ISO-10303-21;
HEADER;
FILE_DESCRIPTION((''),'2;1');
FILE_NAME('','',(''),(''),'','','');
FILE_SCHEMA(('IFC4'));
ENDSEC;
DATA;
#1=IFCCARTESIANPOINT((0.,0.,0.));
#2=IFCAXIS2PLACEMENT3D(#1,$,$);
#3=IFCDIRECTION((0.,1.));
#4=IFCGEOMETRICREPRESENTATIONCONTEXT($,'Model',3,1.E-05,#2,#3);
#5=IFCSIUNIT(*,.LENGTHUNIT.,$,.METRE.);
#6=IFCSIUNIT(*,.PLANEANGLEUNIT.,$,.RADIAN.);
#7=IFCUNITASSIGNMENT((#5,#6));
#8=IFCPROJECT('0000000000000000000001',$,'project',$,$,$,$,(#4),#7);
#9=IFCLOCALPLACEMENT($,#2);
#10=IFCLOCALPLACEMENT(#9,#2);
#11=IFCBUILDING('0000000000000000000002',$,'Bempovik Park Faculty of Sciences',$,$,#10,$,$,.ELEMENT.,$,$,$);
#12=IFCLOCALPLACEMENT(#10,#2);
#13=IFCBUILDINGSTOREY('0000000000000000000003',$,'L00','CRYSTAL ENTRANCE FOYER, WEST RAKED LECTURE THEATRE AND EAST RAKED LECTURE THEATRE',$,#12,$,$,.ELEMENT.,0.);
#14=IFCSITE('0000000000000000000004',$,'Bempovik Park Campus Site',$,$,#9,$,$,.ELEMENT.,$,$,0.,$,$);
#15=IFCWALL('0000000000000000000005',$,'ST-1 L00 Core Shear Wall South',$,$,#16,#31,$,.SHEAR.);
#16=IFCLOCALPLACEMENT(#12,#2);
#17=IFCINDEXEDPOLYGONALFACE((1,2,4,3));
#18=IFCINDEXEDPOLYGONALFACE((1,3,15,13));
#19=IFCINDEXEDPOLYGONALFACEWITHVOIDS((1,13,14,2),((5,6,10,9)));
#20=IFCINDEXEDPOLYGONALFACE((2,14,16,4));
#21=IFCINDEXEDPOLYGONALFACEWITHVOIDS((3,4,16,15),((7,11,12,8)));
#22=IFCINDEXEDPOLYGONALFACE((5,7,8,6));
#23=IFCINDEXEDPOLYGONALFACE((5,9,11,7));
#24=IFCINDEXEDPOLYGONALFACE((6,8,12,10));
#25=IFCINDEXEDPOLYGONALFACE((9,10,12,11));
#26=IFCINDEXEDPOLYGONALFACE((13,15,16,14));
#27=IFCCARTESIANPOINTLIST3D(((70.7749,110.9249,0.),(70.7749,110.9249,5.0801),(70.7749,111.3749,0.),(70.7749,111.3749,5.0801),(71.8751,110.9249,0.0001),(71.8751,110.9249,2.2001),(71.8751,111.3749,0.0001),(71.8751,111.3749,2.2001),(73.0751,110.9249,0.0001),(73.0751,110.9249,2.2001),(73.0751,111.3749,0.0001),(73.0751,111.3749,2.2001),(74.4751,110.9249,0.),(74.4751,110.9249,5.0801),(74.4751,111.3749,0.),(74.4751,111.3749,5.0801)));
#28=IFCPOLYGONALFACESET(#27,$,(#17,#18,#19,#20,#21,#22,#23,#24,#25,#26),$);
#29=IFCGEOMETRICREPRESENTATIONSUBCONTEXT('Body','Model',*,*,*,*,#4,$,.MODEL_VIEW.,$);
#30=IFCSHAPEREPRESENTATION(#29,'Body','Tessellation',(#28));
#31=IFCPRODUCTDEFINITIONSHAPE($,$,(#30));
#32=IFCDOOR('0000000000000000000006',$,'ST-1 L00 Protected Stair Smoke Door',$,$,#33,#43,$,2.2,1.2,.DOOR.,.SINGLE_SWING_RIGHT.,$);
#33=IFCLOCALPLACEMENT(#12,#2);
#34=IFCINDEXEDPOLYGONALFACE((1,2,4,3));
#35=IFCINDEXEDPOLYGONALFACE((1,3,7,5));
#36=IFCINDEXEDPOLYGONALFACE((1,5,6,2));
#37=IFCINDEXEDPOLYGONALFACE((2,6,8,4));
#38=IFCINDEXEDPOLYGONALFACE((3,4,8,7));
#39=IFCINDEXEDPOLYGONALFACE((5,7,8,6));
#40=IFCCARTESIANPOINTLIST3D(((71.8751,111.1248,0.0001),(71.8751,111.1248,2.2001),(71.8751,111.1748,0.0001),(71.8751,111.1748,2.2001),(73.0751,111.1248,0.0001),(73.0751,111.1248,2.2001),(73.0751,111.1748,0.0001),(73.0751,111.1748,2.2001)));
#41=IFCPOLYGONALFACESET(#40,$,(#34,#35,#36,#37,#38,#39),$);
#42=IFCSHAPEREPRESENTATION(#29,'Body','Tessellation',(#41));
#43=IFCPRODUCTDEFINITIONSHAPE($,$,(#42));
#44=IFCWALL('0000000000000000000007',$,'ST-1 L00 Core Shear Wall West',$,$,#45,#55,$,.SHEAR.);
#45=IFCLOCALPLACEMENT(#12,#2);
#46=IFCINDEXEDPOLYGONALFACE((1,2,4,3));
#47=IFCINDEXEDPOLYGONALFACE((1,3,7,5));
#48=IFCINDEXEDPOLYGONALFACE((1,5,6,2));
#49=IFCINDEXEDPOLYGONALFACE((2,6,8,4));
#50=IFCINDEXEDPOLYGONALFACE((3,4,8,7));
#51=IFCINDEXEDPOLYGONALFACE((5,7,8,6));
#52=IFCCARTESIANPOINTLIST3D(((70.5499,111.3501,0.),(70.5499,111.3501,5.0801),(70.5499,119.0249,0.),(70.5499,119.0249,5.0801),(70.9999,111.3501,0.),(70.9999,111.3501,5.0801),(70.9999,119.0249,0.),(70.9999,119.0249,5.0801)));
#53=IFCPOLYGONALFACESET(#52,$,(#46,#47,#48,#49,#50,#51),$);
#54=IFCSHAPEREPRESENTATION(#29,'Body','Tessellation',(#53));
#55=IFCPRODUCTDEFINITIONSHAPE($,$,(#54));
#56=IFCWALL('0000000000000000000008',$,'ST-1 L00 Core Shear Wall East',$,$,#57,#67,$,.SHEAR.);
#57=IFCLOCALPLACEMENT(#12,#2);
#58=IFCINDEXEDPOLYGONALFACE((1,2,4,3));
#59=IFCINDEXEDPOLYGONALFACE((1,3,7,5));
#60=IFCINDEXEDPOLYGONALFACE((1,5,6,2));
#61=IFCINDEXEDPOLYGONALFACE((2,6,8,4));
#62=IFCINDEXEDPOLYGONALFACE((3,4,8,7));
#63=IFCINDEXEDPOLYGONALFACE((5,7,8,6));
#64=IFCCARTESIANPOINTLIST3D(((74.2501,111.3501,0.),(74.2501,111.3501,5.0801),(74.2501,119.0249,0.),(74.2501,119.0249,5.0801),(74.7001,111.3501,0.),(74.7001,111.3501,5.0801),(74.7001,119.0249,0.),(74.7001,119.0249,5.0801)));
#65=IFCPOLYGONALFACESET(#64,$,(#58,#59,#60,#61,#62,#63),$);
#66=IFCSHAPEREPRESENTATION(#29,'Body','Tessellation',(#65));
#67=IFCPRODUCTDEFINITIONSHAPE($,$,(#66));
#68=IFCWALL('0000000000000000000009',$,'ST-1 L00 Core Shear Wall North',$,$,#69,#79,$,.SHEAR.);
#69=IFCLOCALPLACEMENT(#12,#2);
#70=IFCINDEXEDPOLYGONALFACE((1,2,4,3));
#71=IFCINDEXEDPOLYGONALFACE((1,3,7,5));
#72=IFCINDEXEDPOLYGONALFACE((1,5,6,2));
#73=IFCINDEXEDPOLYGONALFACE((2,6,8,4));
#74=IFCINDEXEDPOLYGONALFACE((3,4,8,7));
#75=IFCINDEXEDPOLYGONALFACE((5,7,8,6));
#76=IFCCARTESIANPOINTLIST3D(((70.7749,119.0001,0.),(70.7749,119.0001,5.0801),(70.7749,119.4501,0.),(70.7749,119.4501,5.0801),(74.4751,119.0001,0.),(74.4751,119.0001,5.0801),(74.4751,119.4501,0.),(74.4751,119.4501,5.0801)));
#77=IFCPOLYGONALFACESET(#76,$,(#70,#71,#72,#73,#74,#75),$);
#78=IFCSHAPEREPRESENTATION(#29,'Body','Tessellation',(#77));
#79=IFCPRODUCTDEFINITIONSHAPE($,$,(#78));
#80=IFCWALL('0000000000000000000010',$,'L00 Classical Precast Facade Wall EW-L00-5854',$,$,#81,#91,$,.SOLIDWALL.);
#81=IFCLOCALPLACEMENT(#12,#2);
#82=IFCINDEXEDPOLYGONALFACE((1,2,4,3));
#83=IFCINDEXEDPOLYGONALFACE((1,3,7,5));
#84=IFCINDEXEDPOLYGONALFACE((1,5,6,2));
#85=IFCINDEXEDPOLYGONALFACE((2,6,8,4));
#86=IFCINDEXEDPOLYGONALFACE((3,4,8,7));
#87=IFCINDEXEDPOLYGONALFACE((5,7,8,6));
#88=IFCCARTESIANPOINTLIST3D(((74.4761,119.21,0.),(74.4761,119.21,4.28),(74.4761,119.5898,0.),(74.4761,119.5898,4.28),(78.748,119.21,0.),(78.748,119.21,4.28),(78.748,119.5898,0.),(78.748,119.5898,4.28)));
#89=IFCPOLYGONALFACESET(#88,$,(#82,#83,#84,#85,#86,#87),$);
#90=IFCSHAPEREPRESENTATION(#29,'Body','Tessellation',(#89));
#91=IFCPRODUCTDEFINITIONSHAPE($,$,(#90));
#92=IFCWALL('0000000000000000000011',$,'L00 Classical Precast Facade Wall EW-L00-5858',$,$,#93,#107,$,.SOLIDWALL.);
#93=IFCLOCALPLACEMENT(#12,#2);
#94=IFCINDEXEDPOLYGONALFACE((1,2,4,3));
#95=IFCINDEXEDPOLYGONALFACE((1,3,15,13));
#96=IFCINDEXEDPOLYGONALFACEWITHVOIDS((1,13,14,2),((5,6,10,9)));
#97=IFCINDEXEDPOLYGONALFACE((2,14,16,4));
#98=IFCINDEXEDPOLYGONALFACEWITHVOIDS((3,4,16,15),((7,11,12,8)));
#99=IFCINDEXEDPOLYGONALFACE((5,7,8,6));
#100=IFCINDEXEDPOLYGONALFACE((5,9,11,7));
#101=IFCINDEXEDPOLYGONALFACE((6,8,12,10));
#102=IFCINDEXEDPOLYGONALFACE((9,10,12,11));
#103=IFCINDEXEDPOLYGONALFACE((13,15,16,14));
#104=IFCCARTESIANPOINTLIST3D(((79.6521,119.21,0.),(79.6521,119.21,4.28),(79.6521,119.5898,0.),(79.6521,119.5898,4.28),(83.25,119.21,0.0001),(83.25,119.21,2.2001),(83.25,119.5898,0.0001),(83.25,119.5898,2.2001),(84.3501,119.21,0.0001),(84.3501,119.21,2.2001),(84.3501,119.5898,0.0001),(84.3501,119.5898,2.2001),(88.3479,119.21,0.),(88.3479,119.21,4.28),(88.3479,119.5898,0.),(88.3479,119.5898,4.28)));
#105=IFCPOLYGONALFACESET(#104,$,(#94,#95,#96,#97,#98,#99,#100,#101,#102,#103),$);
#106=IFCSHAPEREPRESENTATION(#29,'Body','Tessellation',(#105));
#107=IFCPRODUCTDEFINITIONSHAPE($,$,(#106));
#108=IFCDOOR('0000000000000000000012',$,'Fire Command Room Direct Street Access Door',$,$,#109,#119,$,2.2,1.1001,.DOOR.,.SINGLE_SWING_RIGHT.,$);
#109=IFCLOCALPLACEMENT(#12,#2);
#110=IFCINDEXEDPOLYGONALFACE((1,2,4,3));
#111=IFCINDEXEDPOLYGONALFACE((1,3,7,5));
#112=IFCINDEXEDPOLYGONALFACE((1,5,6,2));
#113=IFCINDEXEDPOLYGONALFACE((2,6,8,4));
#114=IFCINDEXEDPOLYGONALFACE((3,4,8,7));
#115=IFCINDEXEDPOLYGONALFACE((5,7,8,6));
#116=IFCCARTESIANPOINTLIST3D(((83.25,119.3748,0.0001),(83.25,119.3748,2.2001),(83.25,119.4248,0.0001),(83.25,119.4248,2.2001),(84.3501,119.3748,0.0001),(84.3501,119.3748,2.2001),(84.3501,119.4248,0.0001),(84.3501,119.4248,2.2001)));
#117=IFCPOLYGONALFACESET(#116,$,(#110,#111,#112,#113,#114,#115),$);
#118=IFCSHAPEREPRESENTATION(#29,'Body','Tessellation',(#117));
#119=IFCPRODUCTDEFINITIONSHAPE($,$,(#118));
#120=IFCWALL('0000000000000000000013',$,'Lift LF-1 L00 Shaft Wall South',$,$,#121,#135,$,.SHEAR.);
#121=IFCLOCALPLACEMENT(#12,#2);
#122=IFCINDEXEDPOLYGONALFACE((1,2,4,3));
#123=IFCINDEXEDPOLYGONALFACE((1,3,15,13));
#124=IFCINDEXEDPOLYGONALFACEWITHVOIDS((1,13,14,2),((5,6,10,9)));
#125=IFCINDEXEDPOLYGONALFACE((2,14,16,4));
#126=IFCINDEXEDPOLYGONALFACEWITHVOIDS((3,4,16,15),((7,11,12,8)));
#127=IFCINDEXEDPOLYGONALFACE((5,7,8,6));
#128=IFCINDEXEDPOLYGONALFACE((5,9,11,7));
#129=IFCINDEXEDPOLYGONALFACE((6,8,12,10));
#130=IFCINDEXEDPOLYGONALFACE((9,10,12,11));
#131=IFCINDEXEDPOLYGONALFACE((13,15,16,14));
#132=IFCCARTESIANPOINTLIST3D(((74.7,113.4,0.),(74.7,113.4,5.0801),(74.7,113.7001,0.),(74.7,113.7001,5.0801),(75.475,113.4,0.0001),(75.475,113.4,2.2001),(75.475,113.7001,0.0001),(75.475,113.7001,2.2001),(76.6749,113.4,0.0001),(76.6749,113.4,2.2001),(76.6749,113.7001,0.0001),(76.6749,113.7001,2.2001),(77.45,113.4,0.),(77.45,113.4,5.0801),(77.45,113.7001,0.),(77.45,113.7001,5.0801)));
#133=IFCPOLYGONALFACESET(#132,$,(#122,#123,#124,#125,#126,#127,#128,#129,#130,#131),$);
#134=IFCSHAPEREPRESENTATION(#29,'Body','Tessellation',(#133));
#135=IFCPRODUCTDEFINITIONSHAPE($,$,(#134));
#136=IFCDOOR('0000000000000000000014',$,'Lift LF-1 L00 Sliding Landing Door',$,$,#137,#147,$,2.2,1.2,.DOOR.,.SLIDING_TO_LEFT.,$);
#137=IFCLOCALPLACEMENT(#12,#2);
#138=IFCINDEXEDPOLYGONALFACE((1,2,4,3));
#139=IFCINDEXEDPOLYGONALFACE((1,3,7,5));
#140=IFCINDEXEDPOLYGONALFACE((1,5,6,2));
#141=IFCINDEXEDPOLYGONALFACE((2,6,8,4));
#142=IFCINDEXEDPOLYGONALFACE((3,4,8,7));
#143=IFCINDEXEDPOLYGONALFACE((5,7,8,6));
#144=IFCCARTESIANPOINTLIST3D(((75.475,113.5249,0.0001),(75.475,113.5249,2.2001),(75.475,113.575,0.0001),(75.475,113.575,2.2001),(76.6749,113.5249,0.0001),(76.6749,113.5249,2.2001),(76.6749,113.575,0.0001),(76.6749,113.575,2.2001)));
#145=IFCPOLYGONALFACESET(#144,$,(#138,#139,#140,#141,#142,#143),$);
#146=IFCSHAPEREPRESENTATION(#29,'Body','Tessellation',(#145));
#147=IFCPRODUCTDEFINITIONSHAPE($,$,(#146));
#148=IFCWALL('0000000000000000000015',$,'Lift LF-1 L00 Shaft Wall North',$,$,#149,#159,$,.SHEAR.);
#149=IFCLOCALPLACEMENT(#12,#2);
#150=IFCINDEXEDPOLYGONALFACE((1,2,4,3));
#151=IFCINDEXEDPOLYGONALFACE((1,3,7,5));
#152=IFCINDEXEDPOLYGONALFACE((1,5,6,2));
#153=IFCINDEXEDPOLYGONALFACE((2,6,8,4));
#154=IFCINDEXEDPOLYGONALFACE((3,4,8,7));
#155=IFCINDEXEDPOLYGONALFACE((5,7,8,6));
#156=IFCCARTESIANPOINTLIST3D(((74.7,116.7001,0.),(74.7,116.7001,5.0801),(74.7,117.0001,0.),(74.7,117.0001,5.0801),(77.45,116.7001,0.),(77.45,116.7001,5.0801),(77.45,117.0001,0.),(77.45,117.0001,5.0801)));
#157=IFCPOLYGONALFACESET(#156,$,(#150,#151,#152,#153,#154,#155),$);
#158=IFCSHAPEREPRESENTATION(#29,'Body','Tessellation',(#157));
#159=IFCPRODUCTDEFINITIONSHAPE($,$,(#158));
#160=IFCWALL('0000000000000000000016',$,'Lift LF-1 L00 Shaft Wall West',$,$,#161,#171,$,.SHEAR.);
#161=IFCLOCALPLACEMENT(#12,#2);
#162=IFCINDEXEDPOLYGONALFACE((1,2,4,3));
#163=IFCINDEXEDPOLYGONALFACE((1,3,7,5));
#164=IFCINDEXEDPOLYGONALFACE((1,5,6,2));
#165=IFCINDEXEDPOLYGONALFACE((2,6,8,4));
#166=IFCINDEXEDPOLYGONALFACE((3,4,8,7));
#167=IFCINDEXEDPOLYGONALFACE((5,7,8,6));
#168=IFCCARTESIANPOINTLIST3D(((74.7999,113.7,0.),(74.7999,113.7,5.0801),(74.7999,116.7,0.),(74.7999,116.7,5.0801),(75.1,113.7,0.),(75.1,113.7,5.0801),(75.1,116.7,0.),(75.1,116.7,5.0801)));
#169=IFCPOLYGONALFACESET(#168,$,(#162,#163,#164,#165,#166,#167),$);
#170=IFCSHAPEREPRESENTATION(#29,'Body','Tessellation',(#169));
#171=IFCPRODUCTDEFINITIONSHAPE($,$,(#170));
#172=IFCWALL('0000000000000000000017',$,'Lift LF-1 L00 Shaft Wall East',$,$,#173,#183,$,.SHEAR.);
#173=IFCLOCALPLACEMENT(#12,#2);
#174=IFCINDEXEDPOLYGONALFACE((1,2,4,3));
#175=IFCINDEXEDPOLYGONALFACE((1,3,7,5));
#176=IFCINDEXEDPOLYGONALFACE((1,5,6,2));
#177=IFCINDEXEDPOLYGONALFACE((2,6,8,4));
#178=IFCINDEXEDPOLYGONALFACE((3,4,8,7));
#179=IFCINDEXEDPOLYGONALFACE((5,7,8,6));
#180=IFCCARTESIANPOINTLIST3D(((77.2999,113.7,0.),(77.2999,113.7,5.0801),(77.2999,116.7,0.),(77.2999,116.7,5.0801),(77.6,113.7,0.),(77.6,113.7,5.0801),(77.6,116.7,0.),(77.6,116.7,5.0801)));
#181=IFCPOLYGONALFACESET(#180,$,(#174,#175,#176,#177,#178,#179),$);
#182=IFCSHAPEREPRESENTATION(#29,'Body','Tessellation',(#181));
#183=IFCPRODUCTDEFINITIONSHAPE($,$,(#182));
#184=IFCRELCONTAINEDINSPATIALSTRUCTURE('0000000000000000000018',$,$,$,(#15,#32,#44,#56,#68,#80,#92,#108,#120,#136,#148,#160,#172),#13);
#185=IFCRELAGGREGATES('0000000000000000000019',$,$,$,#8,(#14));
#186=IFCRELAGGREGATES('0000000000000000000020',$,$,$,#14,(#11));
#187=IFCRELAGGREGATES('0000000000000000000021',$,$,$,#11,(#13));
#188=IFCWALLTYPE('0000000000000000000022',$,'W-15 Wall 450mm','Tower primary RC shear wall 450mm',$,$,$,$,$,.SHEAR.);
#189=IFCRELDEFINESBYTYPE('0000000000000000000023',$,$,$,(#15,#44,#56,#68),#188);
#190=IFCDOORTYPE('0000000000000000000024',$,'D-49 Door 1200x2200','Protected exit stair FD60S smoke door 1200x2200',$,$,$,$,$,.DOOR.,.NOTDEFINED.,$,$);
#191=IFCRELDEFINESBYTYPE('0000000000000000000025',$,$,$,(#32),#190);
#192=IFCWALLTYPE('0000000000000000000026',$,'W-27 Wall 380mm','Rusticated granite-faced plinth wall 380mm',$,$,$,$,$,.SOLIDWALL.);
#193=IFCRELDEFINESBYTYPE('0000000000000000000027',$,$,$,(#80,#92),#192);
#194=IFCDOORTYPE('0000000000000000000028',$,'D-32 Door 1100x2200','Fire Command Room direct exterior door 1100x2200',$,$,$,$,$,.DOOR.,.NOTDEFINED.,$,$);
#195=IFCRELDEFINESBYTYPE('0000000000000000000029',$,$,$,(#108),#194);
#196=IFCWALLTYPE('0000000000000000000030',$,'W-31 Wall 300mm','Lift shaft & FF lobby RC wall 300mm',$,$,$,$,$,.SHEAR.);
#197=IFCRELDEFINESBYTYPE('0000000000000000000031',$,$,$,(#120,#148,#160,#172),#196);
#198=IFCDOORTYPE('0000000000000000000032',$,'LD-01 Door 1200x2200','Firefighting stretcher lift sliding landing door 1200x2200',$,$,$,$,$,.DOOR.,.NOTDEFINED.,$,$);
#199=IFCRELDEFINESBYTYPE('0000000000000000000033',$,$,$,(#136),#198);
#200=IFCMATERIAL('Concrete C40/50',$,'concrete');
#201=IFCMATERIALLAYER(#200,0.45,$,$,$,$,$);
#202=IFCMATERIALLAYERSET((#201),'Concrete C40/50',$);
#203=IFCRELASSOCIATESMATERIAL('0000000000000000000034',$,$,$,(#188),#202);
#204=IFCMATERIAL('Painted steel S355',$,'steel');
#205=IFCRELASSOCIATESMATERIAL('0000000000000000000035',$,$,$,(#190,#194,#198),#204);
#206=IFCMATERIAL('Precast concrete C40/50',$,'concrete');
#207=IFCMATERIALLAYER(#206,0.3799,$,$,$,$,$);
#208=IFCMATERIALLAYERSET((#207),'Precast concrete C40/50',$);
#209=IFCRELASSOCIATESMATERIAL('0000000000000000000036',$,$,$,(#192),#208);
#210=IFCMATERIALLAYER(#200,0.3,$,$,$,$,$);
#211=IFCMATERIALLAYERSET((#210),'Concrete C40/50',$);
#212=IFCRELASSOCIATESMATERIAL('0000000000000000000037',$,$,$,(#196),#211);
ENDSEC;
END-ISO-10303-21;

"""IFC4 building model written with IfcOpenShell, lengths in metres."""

from ifc_helpers import new_model, si_unit, direction, frame, frame_2d, origin, place, context, subcontext, project, spatial, rectangle, extrude, material, layer, layer_set, type_object, element, fill, save


model = new_model("IFC4")

# Units and contexts
model_context = context("Model", 3, precision=1e-05, world=origin(), true_north=direction((0.0, 1.0)))
body_context = subcontext(model_context, "Body", "Model", "MODEL_VIEW")
ifc_project = project(units=[si_unit("LENGTHUNIT", "METRE"), si_unit("PLANEANGLEUNIT", "RADIAN")], contexts=[model_context])

# Site, building, storey
site_placement = place(None, origin())
site = spatial("IfcSite", under=ifc_project, at=site_placement, Name="Bempovik Park Campus Site", CompositionType="ELEMENT", RefElevation=0.0)
building_placement = place(site_placement, origin())
building = spatial("IfcBuilding", under=site, at=building_placement, Name="Bempovik Park Faculty of Sciences", CompositionType="ELEMENT")
storey_placement = place(building_placement, origin())
storey = spatial("IfcBuildingStorey", under=building, at=storey_placement, Name="L00", Description="CRYSTAL ENTRANCE FOYER, WEST RAKED LECTURE THEATRE AND EAST RAKED LECTURE THEATRE", CompositionType="ELEMENT", Elevation=0.0)

# Shared definitions
ifc_material_1 = material(Name="Concrete C40/50", Category="concrete")

# Wall, opening, door
ifc_layer_1 = layer(ifc_material_1, 0.45)
ifc_layer_set_1 = layer_set([ifc_layer_1], Name="Concrete C40/50")
wall_type_1 = type_object("IfcWallType", Name="W-15 Wall 450mm", Description="Tower primary RC shear wall 450mm", PredefinedType="SHEAR", material=ifc_layer_set_1)
wall_1_placement = place(storey_placement, frame((70.7749, 111.1499, 0.0), z_axis=(0.0, 0.0, 1.0), x_axis=(1.0, 0.0, 0.0)))
wall_1 = element("IfcWall", 1, at=wall_1_placement, inside=storey, type_object=wall_type_1, Name="ST-1 L00 Core Shear Wall South", PredefinedType="SHEAR", context=body_context, shape_type="SweptSolid", body=[
    extrude(rectangle(XDim=3.7002, YDim=0.45, at=frame_2d((1.8501, 0.0))), origin(), (0.0, 0.0, 1.0), 5.0801),
])
opening_1_placement = place(wall_1_placement, frame((1.1001, 0.0, 0.0)))
opening_1 = element("IfcOpeningElement", 2, at=opening_1_placement, cuts=wall_1, PredefinedType="OPENING", context=body_context, shape_type="SweptSolid", body=[
    extrude(rectangle(XDim=1.2, YDim=2.2, at=frame_2d((0.6001, 1.1001))), frame((0.0, 0.2349, 0.0), z_axis=(0.0, -1.0, 0.0), x_axis=(1.0, 0.0, 0.0)), (0.0, 0.0, 1.0), 0.47),
])
ifc_material_2 = material(Name="Painted steel S355", Category="steel")
door_type_1 = type_object("IfcDoorType", Name="D-49 Door 1200x2200", Description="Protected exit stair FD60S smoke door 1200x2200", OperationType="NOTDEFINED", PredefinedType="DOOR", material=ifc_material_2)
door_1_placement = place(opening_1_placement, origin())
door_1 = element("IfcDoor", 3, at=door_1_placement, inside=storey, type_object=door_type_1, Name="ST-1 L00 Protected Stair Smoke Door", OperationType="SINGLE_SWING_RIGHT", OverallHeight=2.2, OverallWidth=1.2, PredefinedType="DOOR", context=body_context, shape_type="SweptSolid", body=[
    extrude(rectangle(XDim=1.2, YDim=2.2, at=frame_2d((0.6001, 1.1001))), frame((0.0, 0.0249, 0.0), z_axis=(0.0, -1.0, 0.0), x_axis=(1.0, 0.0, 0.0)), (0.0, 0.0, 1.0), 0.05),
])
fill(opening_1, door_1)

# Walls
for number, where, z_axis, x_axis, name in (
    (4, (70.7749, 111.3501, 0.0), (0.0, 0.0, 1.0), (0.0, 1.0, 0.0), "ST-1 L00 Core Shear Wall West"),
    (5, (74.4751, 111.3501, 0.0), (0.0, 0.0, 1.0), (0.0, 1.0, 0.0), "ST-1 L00 Core Shear Wall East"),
):
    element("IfcWall", number, at=place(storey_placement, frame(where, z_axis=z_axis, x_axis=x_axis)), inside=storey, type_object=wall_type_1, Name=name, PredefinedType="SHEAR", context=body_context, shape_type="SweptSolid", body=[
        extrude(rectangle(XDim=7.6748, YDim=0.45, at=frame_2d((3.8374, 0.0))), origin(), (0.0, 0.0, 1.0), 5.0801),
    ])
wall_2_placement = place(storey_placement, frame((70.7749, 119.2251, 0.0), z_axis=(0.0, 0.0, 1.0), x_axis=(1.0, 0.0, 0.0)))
element("IfcWall", 6, at=wall_2_placement, inside=storey, type_object=wall_type_1, Name="ST-1 L00 Core Shear Wall North", PredefinedType="SHEAR", context=body_context, shape_type="SweptSolid", body=[
    extrude(rectangle(XDim=3.7002, YDim=0.45, at=frame_2d((1.8501, 0.0))), origin(), (0.0, 0.0, 1.0), 5.0801),
])
ifc_material_3 = material(Name="Precast concrete C40/50", Category="concrete")
ifc_layer_2 = layer(ifc_material_3, 0.3799)
ifc_layer_set_2 = layer_set([ifc_layer_2], Name="Precast concrete C40/50")
wall_type_2 = type_object("IfcWallType", Name="W-27 Wall 380mm", Description="Rusticated granite-faced plinth wall 380mm", PredefinedType="SOLIDWALL", material=ifc_layer_set_2)
wall_3_placement = place(storey_placement, frame((74.4761, 119.3999, 0.0), z_axis=(0.0, 0.0, 1.0), x_axis=(1.0, 0.0, 0.0)))
element("IfcWall", 7, at=wall_3_placement, inside=storey, type_object=wall_type_2, Name="L00 Classical Precast Facade Wall EW-L00-5854", PredefinedType="SOLIDWALL", context=body_context, shape_type="SweptSolid", body=[
    extrude(rectangle(XDim=4.272, YDim=0.3799, at=frame_2d((2.136, 0.0))), origin(), (0.0, 0.0, 1.0), 4.28),
])

# Walls, openings, doors
wall_4_placement = place(storey_placement, frame((79.6521, 119.3999, 0.0), z_axis=(0.0, 0.0, 1.0), x_axis=(1.0, 0.0, 0.0)))
wall_4 = element("IfcWall", 8, at=wall_4_placement, inside=storey, type_object=wall_type_2, Name="L00 Classical Precast Facade Wall EW-L00-5858", PredefinedType="SOLIDWALL", context=body_context, shape_type="SweptSolid", body=[
    extrude(rectangle(XDim=8.6958, YDim=0.3799, at=frame_2d((4.3479, 0.0))), origin(), (0.0, 0.0, 1.0), 4.28),
])
opening_2_placement = place(wall_4_placement, frame((3.5979, 0.0, 0.0)))
opening_2 = element("IfcOpeningElement", 9, at=opening_2_placement, cuts=wall_4, PredefinedType="OPENING", context=body_context, shape_type="SweptSolid", body=[
    extrude(rectangle(XDim=1.1001, YDim=2.2, at=frame_2d((0.55, 1.1001))), frame((0.0, 0.2, 0.0), z_axis=(0.0, -1.0, 0.0), x_axis=(1.0, 0.0, 0.0)), (0.0, 0.0, 1.0), 0.3999),
])
door_type_2 = type_object("IfcDoorType", Name="D-32 Door 1100x2200", Description="Fire Command Room direct exterior door 1100x2200", OperationType="NOTDEFINED", PredefinedType="DOOR", material=ifc_material_2)
door_2_placement = place(opening_2_placement, origin())
door_2 = element("IfcDoor", 10, at=door_2_placement, inside=storey, type_object=door_type_2, Name="Fire Command Room Direct Street Access Door", OperationType="SINGLE_SWING_RIGHT", OverallHeight=2.2, OverallWidth=1.1001, PredefinedType="DOOR", context=body_context, shape_type="SweptSolid", body=[
    extrude(rectangle(XDim=1.1001, YDim=2.2, at=frame_2d((0.55, 1.1001))), frame((0.0, 0.0249, 0.0), z_axis=(0.0, -1.0, 0.0), x_axis=(1.0, 0.0, 0.0)), (0.0, 0.0, 1.0), 0.05),
])
fill(opening_2, door_2)
ifc_layer_3 = layer(ifc_material_1, 0.3)
ifc_layer_set_3 = layer_set([ifc_layer_3], Name="Concrete C40/50")
wall_type_3 = type_object("IfcWallType", Name="W-31 Wall 300mm", Description="Lift shaft & FF lobby RC wall 300mm", PredefinedType="SHEAR", material=ifc_layer_set_3)
wall_5_placement = place(storey_placement, frame((74.7, 113.55, 0.0), z_axis=(0.0, 0.0, 1.0), x_axis=(1.0, 0.0, 0.0)))
wall_5 = element("IfcWall", 11, at=wall_5_placement, inside=storey, type_object=wall_type_3, Name="Lift LF-1 L00 Shaft Wall South", PredefinedType="SHEAR", context=body_context, shape_type="SweptSolid", body=[
    extrude(rectangle(XDim=2.75, YDim=0.3, at=frame_2d((1.375, 0.0))), origin(), (0.0, 0.0, 1.0), 5.0801),
])
opening_3_placement = place(wall_5_placement, frame((0.7749, 0.0, 0.0)))
opening_3 = element("IfcOpeningElement", 12, at=opening_3_placement, cuts=wall_5, PredefinedType="OPENING", context=body_context, shape_type="SweptSolid", body=[
    extrude(rectangle(XDim=1.2, YDim=2.2, at=frame_2d((0.6001, 1.1001))), frame((0.0, 0.1602, 0.0), z_axis=(0.0, -1.0, 0.0), x_axis=(1.0, 0.0, 0.0)), (0.0, 0.0, 1.0), 0.3201),
])
door_type_3 = type_object("IfcDoorType", Name="LD-01 Door 1200x2200", Description="Firefighting stretcher lift sliding landing door 1200x2200", OperationType="NOTDEFINED", PredefinedType="DOOR", material=ifc_material_2)
door_3_placement = place(opening_3_placement, origin())
door_3 = element("IfcDoor", 13, at=door_3_placement, inside=storey, type_object=door_type_3, Name="Lift LF-1 L00 Sliding Landing Door", OperationType="SLIDING_TO_LEFT", OverallHeight=2.2, OverallWidth=1.2, PredefinedType="DOOR", context=body_context, shape_type="SweptSolid", body=[
    extrude(rectangle(XDim=1.2, YDim=2.2, at=frame_2d((0.6001, 1.1001))), frame((0.0, 0.0249, 0.0), z_axis=(0.0, -1.0, 0.0), x_axis=(1.0, 0.0, 0.0)), (0.0, 0.0, 1.0), 0.05),
])
fill(opening_3, door_3)

# Walls
wall_6_placement = place(storey_placement, frame((74.7, 116.8501, 0.0), z_axis=(0.0, 0.0, 1.0), x_axis=(1.0, 0.0, 0.0)))
element("IfcWall", 14, at=wall_6_placement, inside=storey, type_object=wall_type_3, Name="Lift LF-1 L00 Shaft Wall North", PredefinedType="SHEAR", context=body_context, shape_type="SweptSolid", body=[
    extrude(rectangle(XDim=2.75, YDim=0.3, at=frame_2d((1.375, 0.0))), origin(), (0.0, 0.0, 1.0), 5.0801),
])
for number, where, z_axis, x_axis, name in (
    (15, (74.95, 113.7, 0.0), (0.0, 0.0, 1.0), (0.0, 1.0, 0.0), "Lift LF-1 L00 Shaft Wall West"),
    (16, (77.45, 113.7, 0.0), (0.0, 0.0, 1.0), (0.0, 1.0, 0.0), "Lift LF-1 L00 Shaft Wall East"),
):
    element("IfcWall", number, at=place(storey_placement, frame(where, z_axis=z_axis, x_axis=x_axis)), inside=storey, type_object=wall_type_3, Name=name, PredefinedType="SHEAR", context=body_context, shape_type="SweptSolid", body=[
        extrude(rectangle(XDim=3.0, YDim=0.3, at=frame_2d((1.5, 0.0))), origin(), (0.0, 0.0, 1.0), 5.0801),
    ])

save(model, "model.ifc")
